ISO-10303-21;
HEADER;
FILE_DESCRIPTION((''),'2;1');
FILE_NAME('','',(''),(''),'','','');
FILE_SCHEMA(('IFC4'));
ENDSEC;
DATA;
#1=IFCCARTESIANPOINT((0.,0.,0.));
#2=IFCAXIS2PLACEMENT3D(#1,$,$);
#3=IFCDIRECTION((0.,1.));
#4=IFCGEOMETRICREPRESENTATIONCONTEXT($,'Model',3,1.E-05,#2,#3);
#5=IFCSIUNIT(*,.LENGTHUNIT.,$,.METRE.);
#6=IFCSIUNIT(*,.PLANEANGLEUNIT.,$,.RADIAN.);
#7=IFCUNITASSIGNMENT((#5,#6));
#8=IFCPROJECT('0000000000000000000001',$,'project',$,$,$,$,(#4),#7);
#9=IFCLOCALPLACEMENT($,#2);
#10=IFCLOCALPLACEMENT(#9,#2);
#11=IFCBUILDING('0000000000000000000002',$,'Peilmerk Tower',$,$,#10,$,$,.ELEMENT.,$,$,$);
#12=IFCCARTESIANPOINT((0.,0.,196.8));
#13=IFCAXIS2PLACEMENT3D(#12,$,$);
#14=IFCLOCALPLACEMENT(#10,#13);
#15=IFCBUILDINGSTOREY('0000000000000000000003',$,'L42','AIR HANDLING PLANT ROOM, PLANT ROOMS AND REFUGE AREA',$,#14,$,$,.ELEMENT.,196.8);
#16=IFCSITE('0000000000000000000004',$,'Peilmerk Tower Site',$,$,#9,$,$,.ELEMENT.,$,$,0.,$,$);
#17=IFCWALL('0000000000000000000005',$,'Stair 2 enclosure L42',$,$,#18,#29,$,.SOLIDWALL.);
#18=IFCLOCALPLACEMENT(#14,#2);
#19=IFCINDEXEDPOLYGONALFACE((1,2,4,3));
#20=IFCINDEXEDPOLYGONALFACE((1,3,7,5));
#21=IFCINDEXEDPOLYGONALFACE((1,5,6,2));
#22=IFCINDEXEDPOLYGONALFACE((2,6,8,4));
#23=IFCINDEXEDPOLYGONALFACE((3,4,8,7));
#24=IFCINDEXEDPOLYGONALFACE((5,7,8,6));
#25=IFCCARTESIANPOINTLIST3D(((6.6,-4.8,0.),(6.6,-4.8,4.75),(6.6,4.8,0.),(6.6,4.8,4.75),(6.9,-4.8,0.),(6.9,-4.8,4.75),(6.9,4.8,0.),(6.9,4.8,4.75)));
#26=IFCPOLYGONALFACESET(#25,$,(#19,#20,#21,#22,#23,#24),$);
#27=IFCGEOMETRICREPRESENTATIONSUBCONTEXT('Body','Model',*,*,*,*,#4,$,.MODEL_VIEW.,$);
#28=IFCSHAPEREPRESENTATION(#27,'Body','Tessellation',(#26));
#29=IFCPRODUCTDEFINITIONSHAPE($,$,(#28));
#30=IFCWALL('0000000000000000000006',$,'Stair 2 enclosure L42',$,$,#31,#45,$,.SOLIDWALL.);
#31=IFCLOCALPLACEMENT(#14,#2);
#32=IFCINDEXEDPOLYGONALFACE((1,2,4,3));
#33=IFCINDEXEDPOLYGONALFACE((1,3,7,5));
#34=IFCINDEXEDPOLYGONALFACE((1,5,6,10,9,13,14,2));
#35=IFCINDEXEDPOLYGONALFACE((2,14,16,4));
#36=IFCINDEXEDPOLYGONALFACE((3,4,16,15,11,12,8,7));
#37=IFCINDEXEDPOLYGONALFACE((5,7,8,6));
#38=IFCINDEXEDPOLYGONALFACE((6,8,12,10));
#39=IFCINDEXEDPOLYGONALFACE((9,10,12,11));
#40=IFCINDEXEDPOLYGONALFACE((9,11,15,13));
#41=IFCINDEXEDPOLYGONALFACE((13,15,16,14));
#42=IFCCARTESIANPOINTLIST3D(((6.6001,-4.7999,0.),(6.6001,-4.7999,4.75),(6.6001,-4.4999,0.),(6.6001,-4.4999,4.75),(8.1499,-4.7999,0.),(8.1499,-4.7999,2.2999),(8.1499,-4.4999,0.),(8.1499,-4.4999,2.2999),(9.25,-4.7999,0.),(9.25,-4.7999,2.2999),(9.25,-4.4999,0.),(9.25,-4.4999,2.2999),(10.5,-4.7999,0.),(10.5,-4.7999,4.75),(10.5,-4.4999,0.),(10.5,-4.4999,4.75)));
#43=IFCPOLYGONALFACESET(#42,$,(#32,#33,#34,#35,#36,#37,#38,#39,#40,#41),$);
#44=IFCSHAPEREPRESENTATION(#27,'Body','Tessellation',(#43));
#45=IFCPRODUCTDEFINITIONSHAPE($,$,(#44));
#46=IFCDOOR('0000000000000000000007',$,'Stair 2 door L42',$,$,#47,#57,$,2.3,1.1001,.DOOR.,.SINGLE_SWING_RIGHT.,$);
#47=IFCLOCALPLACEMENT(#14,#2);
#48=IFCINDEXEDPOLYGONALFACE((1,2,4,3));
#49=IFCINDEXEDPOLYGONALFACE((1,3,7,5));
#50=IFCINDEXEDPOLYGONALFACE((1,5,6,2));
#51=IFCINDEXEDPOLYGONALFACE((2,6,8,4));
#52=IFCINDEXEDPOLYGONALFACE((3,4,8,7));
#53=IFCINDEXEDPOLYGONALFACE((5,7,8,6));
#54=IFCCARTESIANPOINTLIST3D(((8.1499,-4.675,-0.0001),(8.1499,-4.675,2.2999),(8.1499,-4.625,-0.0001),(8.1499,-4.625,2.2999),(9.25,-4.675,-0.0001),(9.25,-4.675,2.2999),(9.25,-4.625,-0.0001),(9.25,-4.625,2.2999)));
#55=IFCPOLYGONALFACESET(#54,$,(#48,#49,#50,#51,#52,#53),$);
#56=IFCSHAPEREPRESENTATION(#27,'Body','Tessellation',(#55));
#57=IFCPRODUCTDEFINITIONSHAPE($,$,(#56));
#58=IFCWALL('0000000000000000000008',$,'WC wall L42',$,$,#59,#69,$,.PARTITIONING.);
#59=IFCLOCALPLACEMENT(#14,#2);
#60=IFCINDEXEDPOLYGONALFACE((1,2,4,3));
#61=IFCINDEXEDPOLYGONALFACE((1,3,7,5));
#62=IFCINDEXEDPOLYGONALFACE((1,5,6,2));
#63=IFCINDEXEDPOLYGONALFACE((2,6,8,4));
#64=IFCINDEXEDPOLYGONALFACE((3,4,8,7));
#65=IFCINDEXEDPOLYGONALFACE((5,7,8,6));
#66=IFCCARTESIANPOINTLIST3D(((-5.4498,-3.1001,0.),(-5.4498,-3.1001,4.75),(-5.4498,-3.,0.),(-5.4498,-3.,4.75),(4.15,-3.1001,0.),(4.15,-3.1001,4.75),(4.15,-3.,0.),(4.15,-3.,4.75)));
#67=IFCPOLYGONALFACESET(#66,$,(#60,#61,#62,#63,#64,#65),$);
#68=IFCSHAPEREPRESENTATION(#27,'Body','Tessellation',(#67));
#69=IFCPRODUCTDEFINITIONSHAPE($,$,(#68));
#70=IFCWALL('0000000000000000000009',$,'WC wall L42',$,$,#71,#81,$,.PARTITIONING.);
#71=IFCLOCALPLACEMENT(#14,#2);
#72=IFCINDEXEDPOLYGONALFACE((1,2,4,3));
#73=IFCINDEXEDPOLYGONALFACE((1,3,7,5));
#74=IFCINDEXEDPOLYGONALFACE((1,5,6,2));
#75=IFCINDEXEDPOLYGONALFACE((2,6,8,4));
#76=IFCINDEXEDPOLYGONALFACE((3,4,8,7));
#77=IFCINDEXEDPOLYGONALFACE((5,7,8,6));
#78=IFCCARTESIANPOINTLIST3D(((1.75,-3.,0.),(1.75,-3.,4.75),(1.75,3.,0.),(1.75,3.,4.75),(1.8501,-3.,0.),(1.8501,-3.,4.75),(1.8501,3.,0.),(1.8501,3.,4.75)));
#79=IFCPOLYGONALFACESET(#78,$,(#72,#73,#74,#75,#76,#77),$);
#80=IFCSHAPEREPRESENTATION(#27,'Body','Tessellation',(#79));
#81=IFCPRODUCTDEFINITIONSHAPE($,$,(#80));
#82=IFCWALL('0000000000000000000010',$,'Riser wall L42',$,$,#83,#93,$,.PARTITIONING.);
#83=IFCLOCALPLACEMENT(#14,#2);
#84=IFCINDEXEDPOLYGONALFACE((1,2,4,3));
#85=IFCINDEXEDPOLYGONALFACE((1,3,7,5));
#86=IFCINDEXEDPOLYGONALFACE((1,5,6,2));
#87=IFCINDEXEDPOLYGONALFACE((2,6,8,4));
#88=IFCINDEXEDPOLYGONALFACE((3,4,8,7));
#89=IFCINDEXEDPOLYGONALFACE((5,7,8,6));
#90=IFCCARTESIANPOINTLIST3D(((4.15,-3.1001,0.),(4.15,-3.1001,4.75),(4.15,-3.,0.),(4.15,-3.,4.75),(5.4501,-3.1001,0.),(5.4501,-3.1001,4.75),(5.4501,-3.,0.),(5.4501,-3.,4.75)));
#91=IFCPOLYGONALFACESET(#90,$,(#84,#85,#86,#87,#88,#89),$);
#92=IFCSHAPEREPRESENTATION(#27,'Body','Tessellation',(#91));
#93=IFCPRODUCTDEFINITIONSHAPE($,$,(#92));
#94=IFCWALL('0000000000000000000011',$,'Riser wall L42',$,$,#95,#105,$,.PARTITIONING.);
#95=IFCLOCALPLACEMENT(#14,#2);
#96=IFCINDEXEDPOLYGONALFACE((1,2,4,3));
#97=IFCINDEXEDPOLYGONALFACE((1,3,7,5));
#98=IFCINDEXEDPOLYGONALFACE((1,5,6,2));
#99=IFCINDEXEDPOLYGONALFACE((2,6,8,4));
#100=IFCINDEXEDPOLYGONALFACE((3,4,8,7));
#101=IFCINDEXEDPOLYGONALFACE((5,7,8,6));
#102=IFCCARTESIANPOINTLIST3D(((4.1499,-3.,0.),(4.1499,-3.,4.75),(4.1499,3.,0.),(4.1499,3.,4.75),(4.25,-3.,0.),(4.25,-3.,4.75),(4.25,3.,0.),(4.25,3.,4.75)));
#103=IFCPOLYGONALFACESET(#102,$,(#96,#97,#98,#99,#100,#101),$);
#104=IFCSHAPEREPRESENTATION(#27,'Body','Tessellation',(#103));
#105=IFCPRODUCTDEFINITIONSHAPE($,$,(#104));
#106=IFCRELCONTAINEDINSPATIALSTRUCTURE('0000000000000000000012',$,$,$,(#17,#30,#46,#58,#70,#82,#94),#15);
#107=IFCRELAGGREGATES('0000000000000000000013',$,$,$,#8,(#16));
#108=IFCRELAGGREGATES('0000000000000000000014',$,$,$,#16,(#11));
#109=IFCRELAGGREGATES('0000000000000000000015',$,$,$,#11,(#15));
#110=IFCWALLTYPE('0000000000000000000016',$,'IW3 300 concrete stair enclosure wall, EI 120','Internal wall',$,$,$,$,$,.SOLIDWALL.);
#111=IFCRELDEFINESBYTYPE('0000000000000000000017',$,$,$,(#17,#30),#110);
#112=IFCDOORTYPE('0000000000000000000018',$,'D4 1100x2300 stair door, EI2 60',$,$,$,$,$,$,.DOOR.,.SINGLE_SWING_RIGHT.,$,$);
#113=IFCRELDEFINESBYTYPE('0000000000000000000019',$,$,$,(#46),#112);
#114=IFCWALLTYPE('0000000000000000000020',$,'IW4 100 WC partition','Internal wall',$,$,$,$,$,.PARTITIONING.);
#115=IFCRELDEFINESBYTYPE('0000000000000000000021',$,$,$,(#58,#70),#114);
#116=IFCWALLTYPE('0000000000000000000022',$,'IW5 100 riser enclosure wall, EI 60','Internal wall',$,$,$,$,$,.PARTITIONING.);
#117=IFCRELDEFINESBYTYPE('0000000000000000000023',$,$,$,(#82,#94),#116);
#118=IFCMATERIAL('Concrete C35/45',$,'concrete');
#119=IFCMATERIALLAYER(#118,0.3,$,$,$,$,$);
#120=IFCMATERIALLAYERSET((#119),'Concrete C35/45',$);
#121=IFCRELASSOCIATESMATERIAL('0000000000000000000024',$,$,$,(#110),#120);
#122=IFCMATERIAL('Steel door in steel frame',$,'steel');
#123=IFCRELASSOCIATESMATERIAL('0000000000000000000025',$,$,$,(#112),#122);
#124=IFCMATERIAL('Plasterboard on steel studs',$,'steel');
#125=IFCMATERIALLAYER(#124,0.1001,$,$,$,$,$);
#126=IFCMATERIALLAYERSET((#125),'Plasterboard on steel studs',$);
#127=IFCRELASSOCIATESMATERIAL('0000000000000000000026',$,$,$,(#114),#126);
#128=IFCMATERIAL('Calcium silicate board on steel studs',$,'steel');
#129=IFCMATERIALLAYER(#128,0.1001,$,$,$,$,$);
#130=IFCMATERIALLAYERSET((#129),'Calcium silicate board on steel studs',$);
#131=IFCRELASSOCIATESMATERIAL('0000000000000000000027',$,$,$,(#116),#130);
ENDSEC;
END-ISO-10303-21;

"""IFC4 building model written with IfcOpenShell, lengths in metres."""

from ifc_helpers import new_model, si_unit, direction, frame, frame_2d, origin, place, context, subcontext, project, spatial, rectangle, extrude, material, layer, layer_set, type_object, element, fill, save


model = new_model("IFC4")

# Units and contexts
model_context = context("Model", 3, precision=1e-05, world=origin(), true_north=direction((0.0, 1.0)))
body_context = subcontext(model_context, "Body", "Model", "MODEL_VIEW")
ifc_project = project(units=[si_unit("LENGTHUNIT", "METRE"), si_unit("PLANEANGLEUNIT", "RADIAN")], contexts=[model_context])

# Site, building, storey
site_placement = place(None, origin())
site = spatial("IfcSite", under=ifc_project, at=site_placement, Name="Peilmerk Tower Site", CompositionType="ELEMENT", RefElevation=0.0)
building_placement = place(site_placement, origin())
building = spatial("IfcBuilding", under=site, at=building_placement, Name="Peilmerk Tower", CompositionType="ELEMENT")
storey_placement = place(building_placement, frame((0.0, 0.0, 196.8)))
storey = spatial("IfcBuildingStorey", under=building, at=storey_placement, Name="L42", Description="AIR HANDLING PLANT ROOM, PLANT ROOMS AND REFUGE AREA", CompositionType="ELEMENT", Elevation=196.8)

# Wall
ifc_material_1 = material(Name="Concrete C35/45", Category="concrete")
ifc_layer_1 = layer(ifc_material_1, 0.3)
ifc_layer_set_1 = layer_set([ifc_layer_1], Name="Concrete C35/45")
wall_type_1 = type_object("IfcWallType", Name="IW3 300 concrete stair enclosure wall, EI 120", Description="Internal wall", PredefinedType="SOLIDWALL", material=ifc_layer_set_1)
wall_1_placement = place(storey_placement, frame((6.75, -4.8, 0.0), z_axis=(0.0, 0.0, 1.0), x_axis=(0.0, 1.0, 0.0)))
element("IfcWall", 1, at=wall_1_placement, inside=storey, type_object=wall_type_1, Name="Stair 2 enclosure L42", PredefinedType="SOLIDWALL", context=body_context, shape_type="SweptSolid", body=[
    extrude(rectangle(XDim=9.6001, YDim=0.3, at=frame_2d((4.8, 0.0))), origin(), (0.0, 0.0, 1.0), 4.75),
])

# Wall, opening, door
wall_2_placement = place(storey_placement, frame((10.5, -4.6499, 0.0), z_axis=(0.0, 0.0, 1.0), x_axis=(-1.0, 0.0, 0.0)))
wall_2 = element("IfcWall", 2, at=wall_2_placement, inside=storey, type_object=wall_type_1, Name="Stair 2 enclosure L42", PredefinedType="SOLIDWALL", context=body_context, shape_type="SweptSolid", body=[
    extrude(rectangle(XDim=3.8999, YDim=0.3, at=frame_2d((1.95, 0.0))), origin(), (0.0, 0.0, 1.0), 4.75),
])
opening_1_placement = place(wall_2_placement, frame((1.25, 0.0, 0.0)))
opening_1 = element("IfcOpeningElement", 3, at=opening_1_placement, cuts=wall_2, PredefinedType="OPENING", context=body_context, shape_type="SweptSolid", body=[
    extrude(rectangle(XDim=1.1001, YDim=2.3, at=frame_2d((0.55, 1.1499))), frame((0.0, 0.1599, 0.0), z_axis=(0.0, -1.0, 0.0), x_axis=(1.0, 0.0, 0.0)), (0.0, 0.0, 1.0), 0.3201),
])
ifc_material_2 = material(Name="Steel door in steel frame", Category="steel")
door_type_1 = type_object("IfcDoorType", Name="D4 1100x2300 stair door, EI2 60", OperationType="SINGLE_SWING_RIGHT", PredefinedType="DOOR", material=ifc_material_2)
door_1_placement = place(opening_1_placement, frame((1.1001, 0.0, 0.0), z_axis=(0.0, 0.0, 1.0), x_axis=(-1.0, 0.0, 0.0)))
door_1 = element("IfcDoor", 4, at=door_1_placement, inside=storey, type_object=door_type_1, Name="Stair 2 door L42", OperationType="SINGLE_SWING_RIGHT", OverallHeight=2.3, OverallWidth=1.1001, PredefinedType="DOOR", context=body_context, shape_type="SweptSolid", body=[
    extrude(rectangle(XDim=1.1001, YDim=2.3, at=frame_2d((0.55, 1.1499))), frame((0.0, 0.0249, 0.0), z_axis=(0.0, -1.0, 0.0), x_axis=(1.0, 0.0, 0.0)), (0.0, 0.0, 1.0), 0.05),
])
fill(opening_1, door_1)

# Walls
ifc_material_3 = material(Name="Plasterboard on steel studs", Category="steel")
ifc_layer_2 = layer(ifc_material_3, 0.1001)
ifc_layer_set_2 = layer_set([ifc_layer_2], Name="Plasterboard on steel studs")
wall_type_2 = type_object("IfcWallType", Name="IW4 100 WC partition", Description="Internal wall", PredefinedType="PARTITIONING", material=ifc_layer_set_2)
wall_3_placement = place(storey_placement, frame((4.1499, -3.05, 0.0), z_axis=(0.0, 0.0, 1.0), x_axis=(-1.0, 0.0, 0.0)))
element("IfcWall", 5, at=wall_3_placement, inside=storey, type_object=wall_type_2, Name="WC wall L42", PredefinedType="PARTITIONING", context=body_context, shape_type="SweptSolid", body=[
    extrude(rectangle(XDim=9.5999, YDim=0.1001, at=frame_2d((4.7998, 0.0))), origin(), (0.0, 0.0, 1.0), 4.75),
])
wall_4_placement = place(storey_placement, frame((1.8, -3.0, 0.0), z_axis=(0.0, 0.0, 1.0), x_axis=(0.0, 1.0, 0.0)))
element("IfcWall", 6, at=wall_4_placement, inside=storey, type_object=wall_type_2, Name="WC wall L42", PredefinedType="PARTITIONING", context=body_context, shape_type="SweptSolid", body=[
    extrude(rectangle(XDim=6.0, YDim=0.1001, at=frame_2d((3.0, 0.0))), origin(), (0.0, 0.0, 1.0), 4.75),
])
ifc_material_4 = material(Name="Calcium silicate board on steel studs", Category="steel")
ifc_layer_3 = layer(ifc_material_4, 0.1001)
ifc_layer_set_3 = layer_set([ifc_layer_3], Name="Calcium silicate board on steel studs")
wall_type_3 = type_object("IfcWallType", Name="IW5 100 riser enclosure wall, EI 60", Description="Internal wall", PredefinedType="PARTITIONING", material=ifc_layer_set_3)
wall_5_placement = place(storey_placement, frame((5.45, -3.05, 0.0), z_axis=(0.0, 0.0, 1.0), x_axis=(-1.0, 0.0, 0.0)))
element("IfcWall", 7, at=wall_5_placement, inside=storey, type_object=wall_type_3, Name="Riser wall L42", PredefinedType="PARTITIONING", context=body_context, shape_type="SweptSolid", body=[
    extrude(rectangle(XDim=1.3, YDim=0.1001, at=frame_2d((0.6499, 0.0))), origin(), (0.0, 0.0, 1.0), 4.75),
])
wall_6_placement = place(storey_placement, frame((4.2, -3.0, 0.0), z_axis=(0.0, 0.0, 1.0), x_axis=(0.0, 1.0, 0.0)))
element("IfcWall", 8, at=wall_6_placement, inside=storey, type_object=wall_type_3, Name="Riser wall L42", PredefinedType="PARTITIONING", context=body_context, shape_type="SweptSolid", body=[
    extrude(rectangle(XDim=6.0, YDim=0.1001, at=frame_2d((3.0, 0.0))), origin(), (0.0, 0.0, 1.0), 4.75),
])

save(model, "model.ifc")
